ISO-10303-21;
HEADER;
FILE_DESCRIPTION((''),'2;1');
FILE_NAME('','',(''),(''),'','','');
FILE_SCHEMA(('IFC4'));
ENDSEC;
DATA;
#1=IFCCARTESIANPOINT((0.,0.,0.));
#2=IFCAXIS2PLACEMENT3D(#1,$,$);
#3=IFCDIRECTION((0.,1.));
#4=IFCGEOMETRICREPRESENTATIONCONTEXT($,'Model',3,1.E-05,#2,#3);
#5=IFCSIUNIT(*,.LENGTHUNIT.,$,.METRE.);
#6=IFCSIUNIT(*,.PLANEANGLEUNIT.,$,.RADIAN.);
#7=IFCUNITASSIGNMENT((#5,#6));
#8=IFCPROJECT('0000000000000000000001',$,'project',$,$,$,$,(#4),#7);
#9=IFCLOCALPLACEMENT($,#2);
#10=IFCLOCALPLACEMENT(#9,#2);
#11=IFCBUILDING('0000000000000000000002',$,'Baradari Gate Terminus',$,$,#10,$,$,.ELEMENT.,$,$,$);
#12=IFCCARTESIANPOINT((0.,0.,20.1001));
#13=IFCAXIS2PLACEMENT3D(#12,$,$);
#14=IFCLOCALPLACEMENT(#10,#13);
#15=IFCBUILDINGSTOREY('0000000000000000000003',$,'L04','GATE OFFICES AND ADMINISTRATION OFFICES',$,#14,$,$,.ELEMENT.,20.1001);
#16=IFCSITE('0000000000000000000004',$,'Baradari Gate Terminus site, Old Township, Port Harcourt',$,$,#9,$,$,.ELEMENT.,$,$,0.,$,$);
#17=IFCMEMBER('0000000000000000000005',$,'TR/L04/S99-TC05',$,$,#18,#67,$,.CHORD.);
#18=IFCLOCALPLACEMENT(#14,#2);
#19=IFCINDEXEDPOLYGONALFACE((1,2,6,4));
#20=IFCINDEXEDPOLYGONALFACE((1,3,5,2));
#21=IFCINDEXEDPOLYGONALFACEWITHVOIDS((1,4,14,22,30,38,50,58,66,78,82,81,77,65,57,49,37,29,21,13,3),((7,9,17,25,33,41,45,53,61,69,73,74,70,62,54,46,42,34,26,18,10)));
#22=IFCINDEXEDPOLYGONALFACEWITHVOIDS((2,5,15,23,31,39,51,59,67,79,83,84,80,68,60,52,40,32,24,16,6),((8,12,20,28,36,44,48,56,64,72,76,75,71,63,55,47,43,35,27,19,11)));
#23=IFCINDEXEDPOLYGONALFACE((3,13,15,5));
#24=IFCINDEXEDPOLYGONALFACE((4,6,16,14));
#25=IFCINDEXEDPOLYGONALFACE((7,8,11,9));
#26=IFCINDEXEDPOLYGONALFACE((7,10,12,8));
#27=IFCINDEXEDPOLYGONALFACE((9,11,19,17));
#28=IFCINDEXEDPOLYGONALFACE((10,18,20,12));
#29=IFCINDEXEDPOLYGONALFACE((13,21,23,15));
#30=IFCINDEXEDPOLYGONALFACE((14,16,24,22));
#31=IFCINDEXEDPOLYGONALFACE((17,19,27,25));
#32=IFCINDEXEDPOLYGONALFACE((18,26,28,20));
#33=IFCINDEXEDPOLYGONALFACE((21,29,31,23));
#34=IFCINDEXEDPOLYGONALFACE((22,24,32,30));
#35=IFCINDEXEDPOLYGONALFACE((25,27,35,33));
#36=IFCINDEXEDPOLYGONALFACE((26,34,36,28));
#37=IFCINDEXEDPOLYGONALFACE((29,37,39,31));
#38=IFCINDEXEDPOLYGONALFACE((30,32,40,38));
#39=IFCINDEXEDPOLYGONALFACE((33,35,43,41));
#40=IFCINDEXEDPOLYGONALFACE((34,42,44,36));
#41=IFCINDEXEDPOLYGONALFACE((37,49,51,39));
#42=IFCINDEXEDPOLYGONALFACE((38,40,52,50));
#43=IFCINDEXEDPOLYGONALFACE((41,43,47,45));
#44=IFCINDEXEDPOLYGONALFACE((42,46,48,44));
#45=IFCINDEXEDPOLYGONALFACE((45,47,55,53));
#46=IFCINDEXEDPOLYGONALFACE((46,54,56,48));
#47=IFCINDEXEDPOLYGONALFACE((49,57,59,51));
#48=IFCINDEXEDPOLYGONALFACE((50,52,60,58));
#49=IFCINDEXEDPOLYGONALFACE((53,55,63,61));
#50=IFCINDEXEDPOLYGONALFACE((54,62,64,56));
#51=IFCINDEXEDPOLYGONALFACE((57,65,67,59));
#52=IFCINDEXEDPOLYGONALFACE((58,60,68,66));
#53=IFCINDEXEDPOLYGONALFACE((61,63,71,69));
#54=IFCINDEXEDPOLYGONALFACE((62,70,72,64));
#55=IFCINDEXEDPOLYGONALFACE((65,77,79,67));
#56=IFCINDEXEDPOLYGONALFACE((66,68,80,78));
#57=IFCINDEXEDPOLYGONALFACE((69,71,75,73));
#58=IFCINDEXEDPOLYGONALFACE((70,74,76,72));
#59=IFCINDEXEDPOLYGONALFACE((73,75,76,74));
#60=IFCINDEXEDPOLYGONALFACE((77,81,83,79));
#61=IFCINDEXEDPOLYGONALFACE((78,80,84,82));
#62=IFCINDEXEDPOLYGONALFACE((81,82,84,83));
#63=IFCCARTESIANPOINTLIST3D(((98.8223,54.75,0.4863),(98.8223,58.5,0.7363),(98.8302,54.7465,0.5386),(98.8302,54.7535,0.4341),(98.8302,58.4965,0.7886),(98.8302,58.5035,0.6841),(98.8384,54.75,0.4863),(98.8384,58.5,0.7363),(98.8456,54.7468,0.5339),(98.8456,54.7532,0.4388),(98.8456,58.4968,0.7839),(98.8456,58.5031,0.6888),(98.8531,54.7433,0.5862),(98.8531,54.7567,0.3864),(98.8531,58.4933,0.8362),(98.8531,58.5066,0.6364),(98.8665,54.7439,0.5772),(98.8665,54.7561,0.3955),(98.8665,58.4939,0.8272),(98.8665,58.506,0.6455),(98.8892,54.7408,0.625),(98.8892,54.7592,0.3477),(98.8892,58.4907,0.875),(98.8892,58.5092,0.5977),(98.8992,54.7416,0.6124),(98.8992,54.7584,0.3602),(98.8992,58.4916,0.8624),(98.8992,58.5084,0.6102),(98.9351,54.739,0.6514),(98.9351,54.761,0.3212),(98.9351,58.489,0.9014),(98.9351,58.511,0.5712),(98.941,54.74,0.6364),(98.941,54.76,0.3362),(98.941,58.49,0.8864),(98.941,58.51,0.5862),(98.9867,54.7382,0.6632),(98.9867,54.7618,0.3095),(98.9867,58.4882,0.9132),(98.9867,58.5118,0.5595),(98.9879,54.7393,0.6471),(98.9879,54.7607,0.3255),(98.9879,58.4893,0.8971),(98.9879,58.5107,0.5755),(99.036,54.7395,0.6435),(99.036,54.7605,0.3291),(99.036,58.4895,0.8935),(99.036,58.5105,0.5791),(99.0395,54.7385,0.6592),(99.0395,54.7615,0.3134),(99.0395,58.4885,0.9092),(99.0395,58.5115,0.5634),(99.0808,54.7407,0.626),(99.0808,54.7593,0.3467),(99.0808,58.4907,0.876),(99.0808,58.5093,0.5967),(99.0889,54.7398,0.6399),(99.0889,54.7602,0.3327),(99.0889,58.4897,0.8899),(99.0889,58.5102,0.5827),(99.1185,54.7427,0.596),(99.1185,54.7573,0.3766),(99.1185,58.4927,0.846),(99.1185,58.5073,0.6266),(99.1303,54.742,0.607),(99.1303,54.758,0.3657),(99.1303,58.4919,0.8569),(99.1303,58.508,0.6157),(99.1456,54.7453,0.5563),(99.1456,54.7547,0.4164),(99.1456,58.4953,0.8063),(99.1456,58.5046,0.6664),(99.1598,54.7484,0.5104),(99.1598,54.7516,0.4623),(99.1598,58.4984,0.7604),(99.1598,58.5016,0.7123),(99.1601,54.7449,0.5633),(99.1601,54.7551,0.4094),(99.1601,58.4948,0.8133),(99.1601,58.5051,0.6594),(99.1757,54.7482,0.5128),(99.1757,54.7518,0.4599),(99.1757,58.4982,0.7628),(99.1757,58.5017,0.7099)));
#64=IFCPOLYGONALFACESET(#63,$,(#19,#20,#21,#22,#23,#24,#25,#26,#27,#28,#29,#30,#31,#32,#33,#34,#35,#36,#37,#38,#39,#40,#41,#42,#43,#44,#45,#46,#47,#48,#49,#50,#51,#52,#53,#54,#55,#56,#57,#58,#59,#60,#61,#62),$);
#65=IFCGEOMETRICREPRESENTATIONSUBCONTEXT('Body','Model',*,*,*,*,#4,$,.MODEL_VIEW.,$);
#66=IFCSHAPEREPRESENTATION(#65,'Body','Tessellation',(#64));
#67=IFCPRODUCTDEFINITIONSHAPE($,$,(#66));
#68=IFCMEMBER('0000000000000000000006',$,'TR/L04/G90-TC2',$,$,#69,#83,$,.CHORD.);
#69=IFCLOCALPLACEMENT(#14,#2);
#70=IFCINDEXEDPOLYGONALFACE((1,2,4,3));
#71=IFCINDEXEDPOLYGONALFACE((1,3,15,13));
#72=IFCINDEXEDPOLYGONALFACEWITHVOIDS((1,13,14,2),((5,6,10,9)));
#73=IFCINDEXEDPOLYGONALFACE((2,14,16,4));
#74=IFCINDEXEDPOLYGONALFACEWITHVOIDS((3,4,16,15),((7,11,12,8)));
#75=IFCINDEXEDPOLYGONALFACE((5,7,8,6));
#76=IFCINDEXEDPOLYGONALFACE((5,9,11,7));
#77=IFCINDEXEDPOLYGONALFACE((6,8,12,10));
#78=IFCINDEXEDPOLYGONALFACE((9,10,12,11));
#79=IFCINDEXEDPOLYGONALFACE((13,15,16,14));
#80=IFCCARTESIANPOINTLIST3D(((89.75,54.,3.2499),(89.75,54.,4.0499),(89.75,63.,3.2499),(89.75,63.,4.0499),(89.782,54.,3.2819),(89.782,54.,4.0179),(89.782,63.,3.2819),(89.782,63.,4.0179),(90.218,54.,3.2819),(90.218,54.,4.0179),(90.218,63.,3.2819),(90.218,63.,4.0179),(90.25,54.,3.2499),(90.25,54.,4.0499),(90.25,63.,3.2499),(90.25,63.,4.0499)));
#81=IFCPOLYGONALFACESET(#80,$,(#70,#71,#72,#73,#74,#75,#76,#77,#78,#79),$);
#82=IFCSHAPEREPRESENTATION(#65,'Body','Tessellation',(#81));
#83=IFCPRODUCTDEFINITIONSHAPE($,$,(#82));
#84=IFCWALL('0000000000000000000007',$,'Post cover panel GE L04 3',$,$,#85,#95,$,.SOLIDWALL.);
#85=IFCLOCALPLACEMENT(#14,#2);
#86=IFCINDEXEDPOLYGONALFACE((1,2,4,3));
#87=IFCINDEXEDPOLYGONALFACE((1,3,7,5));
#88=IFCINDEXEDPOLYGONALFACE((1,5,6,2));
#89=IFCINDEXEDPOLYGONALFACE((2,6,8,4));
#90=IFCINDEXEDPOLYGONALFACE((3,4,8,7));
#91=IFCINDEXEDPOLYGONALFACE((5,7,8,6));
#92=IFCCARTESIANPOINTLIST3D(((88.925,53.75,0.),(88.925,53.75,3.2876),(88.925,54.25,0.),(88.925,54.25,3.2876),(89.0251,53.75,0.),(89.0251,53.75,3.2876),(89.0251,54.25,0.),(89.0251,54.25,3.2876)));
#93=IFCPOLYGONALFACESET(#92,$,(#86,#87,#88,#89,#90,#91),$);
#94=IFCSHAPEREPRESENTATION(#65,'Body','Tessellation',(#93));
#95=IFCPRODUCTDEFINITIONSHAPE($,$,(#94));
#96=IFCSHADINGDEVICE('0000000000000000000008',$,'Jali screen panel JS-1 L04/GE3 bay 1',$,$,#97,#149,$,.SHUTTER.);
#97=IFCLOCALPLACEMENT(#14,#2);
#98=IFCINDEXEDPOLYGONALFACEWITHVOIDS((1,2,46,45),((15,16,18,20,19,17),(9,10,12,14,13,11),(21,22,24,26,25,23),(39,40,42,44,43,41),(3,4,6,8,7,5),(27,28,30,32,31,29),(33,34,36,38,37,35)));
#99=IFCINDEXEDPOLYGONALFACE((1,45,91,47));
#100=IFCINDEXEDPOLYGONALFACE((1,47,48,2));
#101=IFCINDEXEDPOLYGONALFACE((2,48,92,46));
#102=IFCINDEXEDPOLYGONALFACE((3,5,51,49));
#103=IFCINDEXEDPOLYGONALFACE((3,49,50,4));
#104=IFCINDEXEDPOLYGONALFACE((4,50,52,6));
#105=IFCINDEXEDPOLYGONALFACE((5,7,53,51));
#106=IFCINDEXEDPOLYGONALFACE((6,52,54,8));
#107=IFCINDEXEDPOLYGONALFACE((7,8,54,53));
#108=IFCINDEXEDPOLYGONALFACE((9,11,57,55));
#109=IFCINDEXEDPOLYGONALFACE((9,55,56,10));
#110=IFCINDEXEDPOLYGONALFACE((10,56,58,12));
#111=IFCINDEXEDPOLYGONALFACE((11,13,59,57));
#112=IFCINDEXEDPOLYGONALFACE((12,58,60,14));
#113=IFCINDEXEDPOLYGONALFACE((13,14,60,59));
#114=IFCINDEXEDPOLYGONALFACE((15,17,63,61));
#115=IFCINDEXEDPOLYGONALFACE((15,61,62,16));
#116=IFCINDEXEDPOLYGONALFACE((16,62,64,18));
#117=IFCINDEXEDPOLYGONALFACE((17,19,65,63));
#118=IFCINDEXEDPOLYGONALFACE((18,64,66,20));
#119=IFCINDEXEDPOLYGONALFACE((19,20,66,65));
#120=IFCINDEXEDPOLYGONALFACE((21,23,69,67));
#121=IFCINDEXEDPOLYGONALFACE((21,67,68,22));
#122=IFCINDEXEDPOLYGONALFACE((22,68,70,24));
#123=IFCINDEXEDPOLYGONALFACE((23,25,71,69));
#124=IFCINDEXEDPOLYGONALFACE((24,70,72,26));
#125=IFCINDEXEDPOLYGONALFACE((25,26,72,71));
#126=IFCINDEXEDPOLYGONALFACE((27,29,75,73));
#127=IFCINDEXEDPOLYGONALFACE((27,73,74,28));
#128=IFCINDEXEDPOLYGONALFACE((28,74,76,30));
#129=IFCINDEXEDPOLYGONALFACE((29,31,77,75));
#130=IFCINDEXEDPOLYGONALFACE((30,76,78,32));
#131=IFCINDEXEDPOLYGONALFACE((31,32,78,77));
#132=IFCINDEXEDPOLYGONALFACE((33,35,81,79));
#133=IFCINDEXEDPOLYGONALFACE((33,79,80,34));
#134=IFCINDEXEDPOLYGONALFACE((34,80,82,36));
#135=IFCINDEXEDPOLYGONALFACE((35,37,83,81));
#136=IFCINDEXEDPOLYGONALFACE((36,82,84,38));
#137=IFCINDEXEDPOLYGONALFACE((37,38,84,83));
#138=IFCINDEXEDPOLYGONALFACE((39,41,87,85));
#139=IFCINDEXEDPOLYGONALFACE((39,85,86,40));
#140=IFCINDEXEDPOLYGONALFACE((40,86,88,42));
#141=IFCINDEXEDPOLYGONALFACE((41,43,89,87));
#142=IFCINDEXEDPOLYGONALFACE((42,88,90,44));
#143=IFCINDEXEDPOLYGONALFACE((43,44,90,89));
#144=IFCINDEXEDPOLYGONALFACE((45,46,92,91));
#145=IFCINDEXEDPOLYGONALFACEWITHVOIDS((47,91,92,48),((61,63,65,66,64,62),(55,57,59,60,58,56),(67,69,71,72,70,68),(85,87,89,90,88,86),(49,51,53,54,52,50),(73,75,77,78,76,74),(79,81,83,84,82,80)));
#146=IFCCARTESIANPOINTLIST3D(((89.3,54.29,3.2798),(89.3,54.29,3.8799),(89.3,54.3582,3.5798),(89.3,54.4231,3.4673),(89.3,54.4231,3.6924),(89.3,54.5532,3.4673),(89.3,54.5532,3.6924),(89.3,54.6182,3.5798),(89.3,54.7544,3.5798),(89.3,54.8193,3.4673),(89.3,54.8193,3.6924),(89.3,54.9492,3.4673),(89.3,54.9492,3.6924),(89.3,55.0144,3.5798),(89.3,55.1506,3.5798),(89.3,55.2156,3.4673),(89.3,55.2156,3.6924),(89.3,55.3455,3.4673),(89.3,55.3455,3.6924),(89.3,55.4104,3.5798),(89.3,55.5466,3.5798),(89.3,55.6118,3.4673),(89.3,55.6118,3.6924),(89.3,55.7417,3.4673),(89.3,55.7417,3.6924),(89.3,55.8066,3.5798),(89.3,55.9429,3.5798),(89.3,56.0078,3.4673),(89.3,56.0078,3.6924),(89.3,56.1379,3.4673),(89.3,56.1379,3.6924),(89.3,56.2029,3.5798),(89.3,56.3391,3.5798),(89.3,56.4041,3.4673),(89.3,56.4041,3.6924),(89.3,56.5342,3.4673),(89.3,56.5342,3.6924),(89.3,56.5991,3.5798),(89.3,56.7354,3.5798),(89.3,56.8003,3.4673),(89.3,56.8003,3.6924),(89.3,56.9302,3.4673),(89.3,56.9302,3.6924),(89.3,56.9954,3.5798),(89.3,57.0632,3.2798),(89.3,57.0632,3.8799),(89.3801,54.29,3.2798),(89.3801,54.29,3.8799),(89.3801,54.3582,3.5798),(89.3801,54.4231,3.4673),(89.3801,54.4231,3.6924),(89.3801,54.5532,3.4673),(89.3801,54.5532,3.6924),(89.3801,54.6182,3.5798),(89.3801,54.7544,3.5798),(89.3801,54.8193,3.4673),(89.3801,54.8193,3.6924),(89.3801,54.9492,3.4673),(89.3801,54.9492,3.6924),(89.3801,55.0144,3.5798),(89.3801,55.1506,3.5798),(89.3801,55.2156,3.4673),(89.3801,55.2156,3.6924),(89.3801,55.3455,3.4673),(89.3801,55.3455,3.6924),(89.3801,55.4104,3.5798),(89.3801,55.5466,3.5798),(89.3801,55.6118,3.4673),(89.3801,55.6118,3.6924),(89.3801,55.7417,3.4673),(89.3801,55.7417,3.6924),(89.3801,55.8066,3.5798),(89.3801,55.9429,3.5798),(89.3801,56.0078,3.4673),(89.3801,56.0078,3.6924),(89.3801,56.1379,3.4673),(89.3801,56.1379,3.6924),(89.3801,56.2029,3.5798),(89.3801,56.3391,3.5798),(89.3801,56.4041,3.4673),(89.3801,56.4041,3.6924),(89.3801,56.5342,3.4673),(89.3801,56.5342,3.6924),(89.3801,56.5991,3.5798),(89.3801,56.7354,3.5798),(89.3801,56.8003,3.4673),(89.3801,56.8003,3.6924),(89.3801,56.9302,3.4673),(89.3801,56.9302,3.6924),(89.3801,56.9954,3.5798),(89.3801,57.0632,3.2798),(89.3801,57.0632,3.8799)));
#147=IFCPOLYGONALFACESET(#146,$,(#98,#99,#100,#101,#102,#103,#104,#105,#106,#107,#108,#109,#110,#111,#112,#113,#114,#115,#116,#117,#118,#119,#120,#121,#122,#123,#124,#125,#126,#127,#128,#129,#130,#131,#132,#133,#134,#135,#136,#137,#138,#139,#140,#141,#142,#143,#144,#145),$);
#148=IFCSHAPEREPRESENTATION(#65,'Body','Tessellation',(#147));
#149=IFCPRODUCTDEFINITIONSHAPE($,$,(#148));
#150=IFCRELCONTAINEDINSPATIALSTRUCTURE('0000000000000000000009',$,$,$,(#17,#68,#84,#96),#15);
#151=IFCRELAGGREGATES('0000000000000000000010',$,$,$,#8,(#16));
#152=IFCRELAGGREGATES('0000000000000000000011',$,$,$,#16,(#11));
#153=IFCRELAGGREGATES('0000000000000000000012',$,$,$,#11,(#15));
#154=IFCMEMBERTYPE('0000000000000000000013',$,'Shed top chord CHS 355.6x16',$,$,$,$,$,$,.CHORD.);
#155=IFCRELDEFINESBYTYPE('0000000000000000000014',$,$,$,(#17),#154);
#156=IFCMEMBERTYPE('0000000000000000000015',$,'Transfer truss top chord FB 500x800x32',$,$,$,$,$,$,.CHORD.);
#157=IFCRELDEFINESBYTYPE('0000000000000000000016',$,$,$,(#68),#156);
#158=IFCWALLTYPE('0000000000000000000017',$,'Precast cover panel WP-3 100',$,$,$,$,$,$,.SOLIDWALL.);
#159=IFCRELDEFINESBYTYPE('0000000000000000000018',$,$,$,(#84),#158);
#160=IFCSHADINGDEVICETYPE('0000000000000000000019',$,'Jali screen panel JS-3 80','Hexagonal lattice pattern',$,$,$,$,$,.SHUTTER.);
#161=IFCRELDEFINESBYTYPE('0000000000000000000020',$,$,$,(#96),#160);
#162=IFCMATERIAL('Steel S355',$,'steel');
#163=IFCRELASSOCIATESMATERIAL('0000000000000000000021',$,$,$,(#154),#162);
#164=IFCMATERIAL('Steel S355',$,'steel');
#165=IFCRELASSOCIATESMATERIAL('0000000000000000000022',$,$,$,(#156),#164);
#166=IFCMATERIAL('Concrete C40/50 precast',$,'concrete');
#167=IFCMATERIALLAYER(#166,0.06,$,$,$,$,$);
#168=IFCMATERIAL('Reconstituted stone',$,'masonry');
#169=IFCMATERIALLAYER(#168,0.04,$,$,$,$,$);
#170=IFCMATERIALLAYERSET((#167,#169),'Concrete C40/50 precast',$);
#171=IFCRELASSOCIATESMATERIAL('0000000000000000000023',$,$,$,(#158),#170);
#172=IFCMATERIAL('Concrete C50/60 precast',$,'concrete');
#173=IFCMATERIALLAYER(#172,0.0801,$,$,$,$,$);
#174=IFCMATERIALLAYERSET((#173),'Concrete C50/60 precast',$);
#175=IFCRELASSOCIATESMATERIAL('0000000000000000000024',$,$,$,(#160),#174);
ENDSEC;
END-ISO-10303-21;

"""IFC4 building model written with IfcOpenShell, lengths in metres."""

from ifc_helpers import new_model, si_unit, direction, frame, frame_2d, origin, origin_2d, place, context, subcontext, project, spatial, polyline, rectangle, hollow_rectangle, hollow_circle, outline, extrude, material, layer, layer_set, material_profile, profile_set, type_object, element, save


model = new_model("IFC4")

# Units and contexts
model_context = context("Model", 3, precision=1e-05, world=origin(), true_north=direction((0.0, 1.0)))
body_context = subcontext(model_context, "Body", "Model", "MODEL_VIEW")
ifc_project = project(units=[si_unit("LENGTHUNIT", "METRE"), si_unit("PLANEANGLEUNIT", "RADIAN")], contexts=[model_context])

# Site, building, storey
site_placement = place(None, origin())
site = spatial("IfcSite", under=ifc_project, at=site_placement, Name="Baradari Gate Terminus site, Old Township, Port Harcourt", CompositionType="ELEMENT", RefElevation=0.0)
building_placement = place(site_placement, origin())
building = spatial("IfcBuilding", under=site, at=building_placement, Name="Baradari Gate Terminus", CompositionType="ELEMENT")
storey_placement = place(building_placement, frame((0.0, 0.0, 20.1001)))
storey = spatial("IfcBuildingStorey", under=building, at=storey_placement, Name="L04", Description="GATE OFFICES AND ADMINISTRATION OFFICES", CompositionType="ELEMENT", Elevation=20.1001)

# Members
ifc_material_1 = material(Name="Steel S355", Category="steel")
ifc_material_profile_1 = material_profile(ifc_material_1, hollow_circle(Radius=0.1777, WallThickness=0.0161, at=origin_2d()), Name="CHS 355.6x16")
ifc_profile_set_1 = profile_set([ifc_material_profile_1], Name="Steel S355")
member_type_1 = type_object("IfcMemberType", Name="Shed top chord CHS 355.6x16", PredefinedType="CHORD", material=ifc_profile_set_1)
member_1_placement = place(storey_placement, frame((99.0, 54.75, 0.4863), z_axis=(0.0, 0.997785, 0.066519), x_axis=(-1.0, 0.0, 0.0)))
element("IfcMember", 1, at=member_1_placement, inside=storey, type_object=member_type_1, Name="TR/L04/S99-TC05", PredefinedType="CHORD", context=body_context, shape_type="SweptSolid", body=[
    extrude(hollow_circle(Radius=0.1777, WallThickness=0.0161, at=origin_2d()), origin(), (0.0, 0.0, 1.0), 3.7583),
])
ifc_material_2 = material(Name="Steel S355", Category="steel")
ifc_material_profile_2 = material_profile(ifc_material_2, hollow_rectangle(XDim=0.5, YDim=0.8, WallThickness=0.032, at=origin_2d()), Name="FB 500x800x32")
ifc_profile_set_2 = profile_set([ifc_material_profile_2], Name="Steel S355")
member_type_2 = type_object("IfcMemberType", Name="Transfer truss top chord FB 500x800x32", PredefinedType="CHORD", material=ifc_profile_set_2)
member_2_placement = place(storey_placement, frame((90.0, 54.0, 3.6499), z_axis=(0.0, 1.0, 0.0), x_axis=(-1.0, 0.0, 0.0)))
element("IfcMember", 2, at=member_2_placement, inside=storey, type_object=member_type_2, Name="TR/L04/G90-TC2", PredefinedType="CHORD", context=body_context, shape_type="SweptSolid", body=[
    extrude(hollow_rectangle(XDim=0.5, YDim=0.8, WallThickness=0.032, at=origin_2d()), origin(), (0.0, 0.0, 1.0), 9.0),
])

# Wall
ifc_material_3 = material(Name="Concrete C40/50 precast", Category="concrete")
ifc_layer_1 = layer(ifc_material_3, 0.06)
ifc_material_4 = material(Name="Reconstituted stone", Category="masonry")
ifc_layer_2 = layer(ifc_material_4, 0.04)
ifc_layer_set_1 = layer_set([ifc_layer_1, ifc_layer_2], Name="Concrete C40/50 precast")
wall_type = type_object("IfcWallType", Name="Precast cover panel WP-3 100", PredefinedType="SOLIDWALL", material=ifc_layer_set_1)
wall_placement = place(storey_placement, frame((88.9751, 53.75, 0.0), z_axis=(0.0, 0.0, 1.0), x_axis=(0.0, 1.0, 0.0)))
element("IfcWall", 3, at=wall_placement, inside=storey, type_object=wall_type, Name="Post cover panel GE L04 3", PredefinedType="SOLIDWALL", context=body_context, shape_type="SweptSolid", body=[
    extrude(rectangle(XDim=0.5, YDim=0.1001, at=frame_2d((0.25, 0.0))), origin(), (0.0, 0.0, 1.0), 3.2876),
])

# Shading device
ifc_material_5 = material(Name="Concrete C50/60 precast", Category="concrete")
ifc_layer_3 = layer(ifc_material_5, 0.0801)
ifc_layer_set_2 = layer_set([ifc_layer_3], Name="Concrete C50/60 precast")
shading_device_type = type_object("IfcShadingDeviceType", Name="Jali screen panel JS-3 80", Description="Hexagonal lattice pattern", PredefinedType="SHUTTER", material=ifc_layer_set_2)
shading_device_1_placement = place(storey_placement, frame((89.3401, 54.29, 3.2798), z_axis=(0.0, 0.0, 1.0), x_axis=(0.0, 1.0, 0.0)))
element("IfcShadingDevice", 4, at=shading_device_1_placement, inside=storey, type_object=shading_device_type, Name="Jali screen panel JS-1 L04/GE3 bay 1", PredefinedType="SHUTTER", context=body_context, shape_type="SweptSolid", body=[
    extrude(outline(polyline([(0.0, 0.0), (2.7732, 0.0), (2.7732, 0.6001), (0.0, 0.6001), (0.0, 0.0)]), holes=[polyline([(0.3281, 0.3), (0.2632, 0.1875), (0.1331, 0.1875), (0.0681, 0.3), (0.1331, 0.4126), (0.2632, 0.4126), (0.3281, 0.3)]), polyline([(0.7244, 0.3), (0.6592, 0.1875), (0.5293, 0.1875), (0.4644, 0.3), (0.5293, 0.4126), (0.6592, 0.4126), (0.7244, 0.3)]), polyline([(1.1204, 0.3), (1.0554, 0.1875), (0.9255, 0.1875), (0.8606, 0.3), (0.9255, 0.4126), (1.0554, 0.4126), (1.1204, 0.3)]), polyline([(1.5166, 0.3), (1.4517, 0.1875), (1.3218, 0.1875), (1.2566, 0.3), (1.3218, 0.4126), (1.4517, 0.4126), (1.5166, 0.3)]), polyline([(1.9128, 0.3), (1.8479, 0.1875), (1.7178, 0.1875), (1.6528, 0.3), (1.7178, 0.4126), (1.8479, 0.4126), (1.9128, 0.3)]), polyline([(2.3091, 0.3), (2.2441, 0.1875), (2.114, 0.1875), (2.0491, 0.3), (2.114, 0.4126), (2.2441, 0.4126), (2.3091, 0.3)]), polyline([(2.7053, 0.3), (2.6401, 0.1875), (2.5103, 0.1875), (2.4453, 0.3), (2.5103, 0.4126), (2.6401, 0.4126), (2.7053, 0.3)])]), frame((0.0, 0.04, 0.0), z_axis=(0.0, -1.0, 0.0), x_axis=(1.0, 0.0, 0.0)), (0.0, 0.0, 1.0), 0.0801),
])

save(model, "model.ifc")
